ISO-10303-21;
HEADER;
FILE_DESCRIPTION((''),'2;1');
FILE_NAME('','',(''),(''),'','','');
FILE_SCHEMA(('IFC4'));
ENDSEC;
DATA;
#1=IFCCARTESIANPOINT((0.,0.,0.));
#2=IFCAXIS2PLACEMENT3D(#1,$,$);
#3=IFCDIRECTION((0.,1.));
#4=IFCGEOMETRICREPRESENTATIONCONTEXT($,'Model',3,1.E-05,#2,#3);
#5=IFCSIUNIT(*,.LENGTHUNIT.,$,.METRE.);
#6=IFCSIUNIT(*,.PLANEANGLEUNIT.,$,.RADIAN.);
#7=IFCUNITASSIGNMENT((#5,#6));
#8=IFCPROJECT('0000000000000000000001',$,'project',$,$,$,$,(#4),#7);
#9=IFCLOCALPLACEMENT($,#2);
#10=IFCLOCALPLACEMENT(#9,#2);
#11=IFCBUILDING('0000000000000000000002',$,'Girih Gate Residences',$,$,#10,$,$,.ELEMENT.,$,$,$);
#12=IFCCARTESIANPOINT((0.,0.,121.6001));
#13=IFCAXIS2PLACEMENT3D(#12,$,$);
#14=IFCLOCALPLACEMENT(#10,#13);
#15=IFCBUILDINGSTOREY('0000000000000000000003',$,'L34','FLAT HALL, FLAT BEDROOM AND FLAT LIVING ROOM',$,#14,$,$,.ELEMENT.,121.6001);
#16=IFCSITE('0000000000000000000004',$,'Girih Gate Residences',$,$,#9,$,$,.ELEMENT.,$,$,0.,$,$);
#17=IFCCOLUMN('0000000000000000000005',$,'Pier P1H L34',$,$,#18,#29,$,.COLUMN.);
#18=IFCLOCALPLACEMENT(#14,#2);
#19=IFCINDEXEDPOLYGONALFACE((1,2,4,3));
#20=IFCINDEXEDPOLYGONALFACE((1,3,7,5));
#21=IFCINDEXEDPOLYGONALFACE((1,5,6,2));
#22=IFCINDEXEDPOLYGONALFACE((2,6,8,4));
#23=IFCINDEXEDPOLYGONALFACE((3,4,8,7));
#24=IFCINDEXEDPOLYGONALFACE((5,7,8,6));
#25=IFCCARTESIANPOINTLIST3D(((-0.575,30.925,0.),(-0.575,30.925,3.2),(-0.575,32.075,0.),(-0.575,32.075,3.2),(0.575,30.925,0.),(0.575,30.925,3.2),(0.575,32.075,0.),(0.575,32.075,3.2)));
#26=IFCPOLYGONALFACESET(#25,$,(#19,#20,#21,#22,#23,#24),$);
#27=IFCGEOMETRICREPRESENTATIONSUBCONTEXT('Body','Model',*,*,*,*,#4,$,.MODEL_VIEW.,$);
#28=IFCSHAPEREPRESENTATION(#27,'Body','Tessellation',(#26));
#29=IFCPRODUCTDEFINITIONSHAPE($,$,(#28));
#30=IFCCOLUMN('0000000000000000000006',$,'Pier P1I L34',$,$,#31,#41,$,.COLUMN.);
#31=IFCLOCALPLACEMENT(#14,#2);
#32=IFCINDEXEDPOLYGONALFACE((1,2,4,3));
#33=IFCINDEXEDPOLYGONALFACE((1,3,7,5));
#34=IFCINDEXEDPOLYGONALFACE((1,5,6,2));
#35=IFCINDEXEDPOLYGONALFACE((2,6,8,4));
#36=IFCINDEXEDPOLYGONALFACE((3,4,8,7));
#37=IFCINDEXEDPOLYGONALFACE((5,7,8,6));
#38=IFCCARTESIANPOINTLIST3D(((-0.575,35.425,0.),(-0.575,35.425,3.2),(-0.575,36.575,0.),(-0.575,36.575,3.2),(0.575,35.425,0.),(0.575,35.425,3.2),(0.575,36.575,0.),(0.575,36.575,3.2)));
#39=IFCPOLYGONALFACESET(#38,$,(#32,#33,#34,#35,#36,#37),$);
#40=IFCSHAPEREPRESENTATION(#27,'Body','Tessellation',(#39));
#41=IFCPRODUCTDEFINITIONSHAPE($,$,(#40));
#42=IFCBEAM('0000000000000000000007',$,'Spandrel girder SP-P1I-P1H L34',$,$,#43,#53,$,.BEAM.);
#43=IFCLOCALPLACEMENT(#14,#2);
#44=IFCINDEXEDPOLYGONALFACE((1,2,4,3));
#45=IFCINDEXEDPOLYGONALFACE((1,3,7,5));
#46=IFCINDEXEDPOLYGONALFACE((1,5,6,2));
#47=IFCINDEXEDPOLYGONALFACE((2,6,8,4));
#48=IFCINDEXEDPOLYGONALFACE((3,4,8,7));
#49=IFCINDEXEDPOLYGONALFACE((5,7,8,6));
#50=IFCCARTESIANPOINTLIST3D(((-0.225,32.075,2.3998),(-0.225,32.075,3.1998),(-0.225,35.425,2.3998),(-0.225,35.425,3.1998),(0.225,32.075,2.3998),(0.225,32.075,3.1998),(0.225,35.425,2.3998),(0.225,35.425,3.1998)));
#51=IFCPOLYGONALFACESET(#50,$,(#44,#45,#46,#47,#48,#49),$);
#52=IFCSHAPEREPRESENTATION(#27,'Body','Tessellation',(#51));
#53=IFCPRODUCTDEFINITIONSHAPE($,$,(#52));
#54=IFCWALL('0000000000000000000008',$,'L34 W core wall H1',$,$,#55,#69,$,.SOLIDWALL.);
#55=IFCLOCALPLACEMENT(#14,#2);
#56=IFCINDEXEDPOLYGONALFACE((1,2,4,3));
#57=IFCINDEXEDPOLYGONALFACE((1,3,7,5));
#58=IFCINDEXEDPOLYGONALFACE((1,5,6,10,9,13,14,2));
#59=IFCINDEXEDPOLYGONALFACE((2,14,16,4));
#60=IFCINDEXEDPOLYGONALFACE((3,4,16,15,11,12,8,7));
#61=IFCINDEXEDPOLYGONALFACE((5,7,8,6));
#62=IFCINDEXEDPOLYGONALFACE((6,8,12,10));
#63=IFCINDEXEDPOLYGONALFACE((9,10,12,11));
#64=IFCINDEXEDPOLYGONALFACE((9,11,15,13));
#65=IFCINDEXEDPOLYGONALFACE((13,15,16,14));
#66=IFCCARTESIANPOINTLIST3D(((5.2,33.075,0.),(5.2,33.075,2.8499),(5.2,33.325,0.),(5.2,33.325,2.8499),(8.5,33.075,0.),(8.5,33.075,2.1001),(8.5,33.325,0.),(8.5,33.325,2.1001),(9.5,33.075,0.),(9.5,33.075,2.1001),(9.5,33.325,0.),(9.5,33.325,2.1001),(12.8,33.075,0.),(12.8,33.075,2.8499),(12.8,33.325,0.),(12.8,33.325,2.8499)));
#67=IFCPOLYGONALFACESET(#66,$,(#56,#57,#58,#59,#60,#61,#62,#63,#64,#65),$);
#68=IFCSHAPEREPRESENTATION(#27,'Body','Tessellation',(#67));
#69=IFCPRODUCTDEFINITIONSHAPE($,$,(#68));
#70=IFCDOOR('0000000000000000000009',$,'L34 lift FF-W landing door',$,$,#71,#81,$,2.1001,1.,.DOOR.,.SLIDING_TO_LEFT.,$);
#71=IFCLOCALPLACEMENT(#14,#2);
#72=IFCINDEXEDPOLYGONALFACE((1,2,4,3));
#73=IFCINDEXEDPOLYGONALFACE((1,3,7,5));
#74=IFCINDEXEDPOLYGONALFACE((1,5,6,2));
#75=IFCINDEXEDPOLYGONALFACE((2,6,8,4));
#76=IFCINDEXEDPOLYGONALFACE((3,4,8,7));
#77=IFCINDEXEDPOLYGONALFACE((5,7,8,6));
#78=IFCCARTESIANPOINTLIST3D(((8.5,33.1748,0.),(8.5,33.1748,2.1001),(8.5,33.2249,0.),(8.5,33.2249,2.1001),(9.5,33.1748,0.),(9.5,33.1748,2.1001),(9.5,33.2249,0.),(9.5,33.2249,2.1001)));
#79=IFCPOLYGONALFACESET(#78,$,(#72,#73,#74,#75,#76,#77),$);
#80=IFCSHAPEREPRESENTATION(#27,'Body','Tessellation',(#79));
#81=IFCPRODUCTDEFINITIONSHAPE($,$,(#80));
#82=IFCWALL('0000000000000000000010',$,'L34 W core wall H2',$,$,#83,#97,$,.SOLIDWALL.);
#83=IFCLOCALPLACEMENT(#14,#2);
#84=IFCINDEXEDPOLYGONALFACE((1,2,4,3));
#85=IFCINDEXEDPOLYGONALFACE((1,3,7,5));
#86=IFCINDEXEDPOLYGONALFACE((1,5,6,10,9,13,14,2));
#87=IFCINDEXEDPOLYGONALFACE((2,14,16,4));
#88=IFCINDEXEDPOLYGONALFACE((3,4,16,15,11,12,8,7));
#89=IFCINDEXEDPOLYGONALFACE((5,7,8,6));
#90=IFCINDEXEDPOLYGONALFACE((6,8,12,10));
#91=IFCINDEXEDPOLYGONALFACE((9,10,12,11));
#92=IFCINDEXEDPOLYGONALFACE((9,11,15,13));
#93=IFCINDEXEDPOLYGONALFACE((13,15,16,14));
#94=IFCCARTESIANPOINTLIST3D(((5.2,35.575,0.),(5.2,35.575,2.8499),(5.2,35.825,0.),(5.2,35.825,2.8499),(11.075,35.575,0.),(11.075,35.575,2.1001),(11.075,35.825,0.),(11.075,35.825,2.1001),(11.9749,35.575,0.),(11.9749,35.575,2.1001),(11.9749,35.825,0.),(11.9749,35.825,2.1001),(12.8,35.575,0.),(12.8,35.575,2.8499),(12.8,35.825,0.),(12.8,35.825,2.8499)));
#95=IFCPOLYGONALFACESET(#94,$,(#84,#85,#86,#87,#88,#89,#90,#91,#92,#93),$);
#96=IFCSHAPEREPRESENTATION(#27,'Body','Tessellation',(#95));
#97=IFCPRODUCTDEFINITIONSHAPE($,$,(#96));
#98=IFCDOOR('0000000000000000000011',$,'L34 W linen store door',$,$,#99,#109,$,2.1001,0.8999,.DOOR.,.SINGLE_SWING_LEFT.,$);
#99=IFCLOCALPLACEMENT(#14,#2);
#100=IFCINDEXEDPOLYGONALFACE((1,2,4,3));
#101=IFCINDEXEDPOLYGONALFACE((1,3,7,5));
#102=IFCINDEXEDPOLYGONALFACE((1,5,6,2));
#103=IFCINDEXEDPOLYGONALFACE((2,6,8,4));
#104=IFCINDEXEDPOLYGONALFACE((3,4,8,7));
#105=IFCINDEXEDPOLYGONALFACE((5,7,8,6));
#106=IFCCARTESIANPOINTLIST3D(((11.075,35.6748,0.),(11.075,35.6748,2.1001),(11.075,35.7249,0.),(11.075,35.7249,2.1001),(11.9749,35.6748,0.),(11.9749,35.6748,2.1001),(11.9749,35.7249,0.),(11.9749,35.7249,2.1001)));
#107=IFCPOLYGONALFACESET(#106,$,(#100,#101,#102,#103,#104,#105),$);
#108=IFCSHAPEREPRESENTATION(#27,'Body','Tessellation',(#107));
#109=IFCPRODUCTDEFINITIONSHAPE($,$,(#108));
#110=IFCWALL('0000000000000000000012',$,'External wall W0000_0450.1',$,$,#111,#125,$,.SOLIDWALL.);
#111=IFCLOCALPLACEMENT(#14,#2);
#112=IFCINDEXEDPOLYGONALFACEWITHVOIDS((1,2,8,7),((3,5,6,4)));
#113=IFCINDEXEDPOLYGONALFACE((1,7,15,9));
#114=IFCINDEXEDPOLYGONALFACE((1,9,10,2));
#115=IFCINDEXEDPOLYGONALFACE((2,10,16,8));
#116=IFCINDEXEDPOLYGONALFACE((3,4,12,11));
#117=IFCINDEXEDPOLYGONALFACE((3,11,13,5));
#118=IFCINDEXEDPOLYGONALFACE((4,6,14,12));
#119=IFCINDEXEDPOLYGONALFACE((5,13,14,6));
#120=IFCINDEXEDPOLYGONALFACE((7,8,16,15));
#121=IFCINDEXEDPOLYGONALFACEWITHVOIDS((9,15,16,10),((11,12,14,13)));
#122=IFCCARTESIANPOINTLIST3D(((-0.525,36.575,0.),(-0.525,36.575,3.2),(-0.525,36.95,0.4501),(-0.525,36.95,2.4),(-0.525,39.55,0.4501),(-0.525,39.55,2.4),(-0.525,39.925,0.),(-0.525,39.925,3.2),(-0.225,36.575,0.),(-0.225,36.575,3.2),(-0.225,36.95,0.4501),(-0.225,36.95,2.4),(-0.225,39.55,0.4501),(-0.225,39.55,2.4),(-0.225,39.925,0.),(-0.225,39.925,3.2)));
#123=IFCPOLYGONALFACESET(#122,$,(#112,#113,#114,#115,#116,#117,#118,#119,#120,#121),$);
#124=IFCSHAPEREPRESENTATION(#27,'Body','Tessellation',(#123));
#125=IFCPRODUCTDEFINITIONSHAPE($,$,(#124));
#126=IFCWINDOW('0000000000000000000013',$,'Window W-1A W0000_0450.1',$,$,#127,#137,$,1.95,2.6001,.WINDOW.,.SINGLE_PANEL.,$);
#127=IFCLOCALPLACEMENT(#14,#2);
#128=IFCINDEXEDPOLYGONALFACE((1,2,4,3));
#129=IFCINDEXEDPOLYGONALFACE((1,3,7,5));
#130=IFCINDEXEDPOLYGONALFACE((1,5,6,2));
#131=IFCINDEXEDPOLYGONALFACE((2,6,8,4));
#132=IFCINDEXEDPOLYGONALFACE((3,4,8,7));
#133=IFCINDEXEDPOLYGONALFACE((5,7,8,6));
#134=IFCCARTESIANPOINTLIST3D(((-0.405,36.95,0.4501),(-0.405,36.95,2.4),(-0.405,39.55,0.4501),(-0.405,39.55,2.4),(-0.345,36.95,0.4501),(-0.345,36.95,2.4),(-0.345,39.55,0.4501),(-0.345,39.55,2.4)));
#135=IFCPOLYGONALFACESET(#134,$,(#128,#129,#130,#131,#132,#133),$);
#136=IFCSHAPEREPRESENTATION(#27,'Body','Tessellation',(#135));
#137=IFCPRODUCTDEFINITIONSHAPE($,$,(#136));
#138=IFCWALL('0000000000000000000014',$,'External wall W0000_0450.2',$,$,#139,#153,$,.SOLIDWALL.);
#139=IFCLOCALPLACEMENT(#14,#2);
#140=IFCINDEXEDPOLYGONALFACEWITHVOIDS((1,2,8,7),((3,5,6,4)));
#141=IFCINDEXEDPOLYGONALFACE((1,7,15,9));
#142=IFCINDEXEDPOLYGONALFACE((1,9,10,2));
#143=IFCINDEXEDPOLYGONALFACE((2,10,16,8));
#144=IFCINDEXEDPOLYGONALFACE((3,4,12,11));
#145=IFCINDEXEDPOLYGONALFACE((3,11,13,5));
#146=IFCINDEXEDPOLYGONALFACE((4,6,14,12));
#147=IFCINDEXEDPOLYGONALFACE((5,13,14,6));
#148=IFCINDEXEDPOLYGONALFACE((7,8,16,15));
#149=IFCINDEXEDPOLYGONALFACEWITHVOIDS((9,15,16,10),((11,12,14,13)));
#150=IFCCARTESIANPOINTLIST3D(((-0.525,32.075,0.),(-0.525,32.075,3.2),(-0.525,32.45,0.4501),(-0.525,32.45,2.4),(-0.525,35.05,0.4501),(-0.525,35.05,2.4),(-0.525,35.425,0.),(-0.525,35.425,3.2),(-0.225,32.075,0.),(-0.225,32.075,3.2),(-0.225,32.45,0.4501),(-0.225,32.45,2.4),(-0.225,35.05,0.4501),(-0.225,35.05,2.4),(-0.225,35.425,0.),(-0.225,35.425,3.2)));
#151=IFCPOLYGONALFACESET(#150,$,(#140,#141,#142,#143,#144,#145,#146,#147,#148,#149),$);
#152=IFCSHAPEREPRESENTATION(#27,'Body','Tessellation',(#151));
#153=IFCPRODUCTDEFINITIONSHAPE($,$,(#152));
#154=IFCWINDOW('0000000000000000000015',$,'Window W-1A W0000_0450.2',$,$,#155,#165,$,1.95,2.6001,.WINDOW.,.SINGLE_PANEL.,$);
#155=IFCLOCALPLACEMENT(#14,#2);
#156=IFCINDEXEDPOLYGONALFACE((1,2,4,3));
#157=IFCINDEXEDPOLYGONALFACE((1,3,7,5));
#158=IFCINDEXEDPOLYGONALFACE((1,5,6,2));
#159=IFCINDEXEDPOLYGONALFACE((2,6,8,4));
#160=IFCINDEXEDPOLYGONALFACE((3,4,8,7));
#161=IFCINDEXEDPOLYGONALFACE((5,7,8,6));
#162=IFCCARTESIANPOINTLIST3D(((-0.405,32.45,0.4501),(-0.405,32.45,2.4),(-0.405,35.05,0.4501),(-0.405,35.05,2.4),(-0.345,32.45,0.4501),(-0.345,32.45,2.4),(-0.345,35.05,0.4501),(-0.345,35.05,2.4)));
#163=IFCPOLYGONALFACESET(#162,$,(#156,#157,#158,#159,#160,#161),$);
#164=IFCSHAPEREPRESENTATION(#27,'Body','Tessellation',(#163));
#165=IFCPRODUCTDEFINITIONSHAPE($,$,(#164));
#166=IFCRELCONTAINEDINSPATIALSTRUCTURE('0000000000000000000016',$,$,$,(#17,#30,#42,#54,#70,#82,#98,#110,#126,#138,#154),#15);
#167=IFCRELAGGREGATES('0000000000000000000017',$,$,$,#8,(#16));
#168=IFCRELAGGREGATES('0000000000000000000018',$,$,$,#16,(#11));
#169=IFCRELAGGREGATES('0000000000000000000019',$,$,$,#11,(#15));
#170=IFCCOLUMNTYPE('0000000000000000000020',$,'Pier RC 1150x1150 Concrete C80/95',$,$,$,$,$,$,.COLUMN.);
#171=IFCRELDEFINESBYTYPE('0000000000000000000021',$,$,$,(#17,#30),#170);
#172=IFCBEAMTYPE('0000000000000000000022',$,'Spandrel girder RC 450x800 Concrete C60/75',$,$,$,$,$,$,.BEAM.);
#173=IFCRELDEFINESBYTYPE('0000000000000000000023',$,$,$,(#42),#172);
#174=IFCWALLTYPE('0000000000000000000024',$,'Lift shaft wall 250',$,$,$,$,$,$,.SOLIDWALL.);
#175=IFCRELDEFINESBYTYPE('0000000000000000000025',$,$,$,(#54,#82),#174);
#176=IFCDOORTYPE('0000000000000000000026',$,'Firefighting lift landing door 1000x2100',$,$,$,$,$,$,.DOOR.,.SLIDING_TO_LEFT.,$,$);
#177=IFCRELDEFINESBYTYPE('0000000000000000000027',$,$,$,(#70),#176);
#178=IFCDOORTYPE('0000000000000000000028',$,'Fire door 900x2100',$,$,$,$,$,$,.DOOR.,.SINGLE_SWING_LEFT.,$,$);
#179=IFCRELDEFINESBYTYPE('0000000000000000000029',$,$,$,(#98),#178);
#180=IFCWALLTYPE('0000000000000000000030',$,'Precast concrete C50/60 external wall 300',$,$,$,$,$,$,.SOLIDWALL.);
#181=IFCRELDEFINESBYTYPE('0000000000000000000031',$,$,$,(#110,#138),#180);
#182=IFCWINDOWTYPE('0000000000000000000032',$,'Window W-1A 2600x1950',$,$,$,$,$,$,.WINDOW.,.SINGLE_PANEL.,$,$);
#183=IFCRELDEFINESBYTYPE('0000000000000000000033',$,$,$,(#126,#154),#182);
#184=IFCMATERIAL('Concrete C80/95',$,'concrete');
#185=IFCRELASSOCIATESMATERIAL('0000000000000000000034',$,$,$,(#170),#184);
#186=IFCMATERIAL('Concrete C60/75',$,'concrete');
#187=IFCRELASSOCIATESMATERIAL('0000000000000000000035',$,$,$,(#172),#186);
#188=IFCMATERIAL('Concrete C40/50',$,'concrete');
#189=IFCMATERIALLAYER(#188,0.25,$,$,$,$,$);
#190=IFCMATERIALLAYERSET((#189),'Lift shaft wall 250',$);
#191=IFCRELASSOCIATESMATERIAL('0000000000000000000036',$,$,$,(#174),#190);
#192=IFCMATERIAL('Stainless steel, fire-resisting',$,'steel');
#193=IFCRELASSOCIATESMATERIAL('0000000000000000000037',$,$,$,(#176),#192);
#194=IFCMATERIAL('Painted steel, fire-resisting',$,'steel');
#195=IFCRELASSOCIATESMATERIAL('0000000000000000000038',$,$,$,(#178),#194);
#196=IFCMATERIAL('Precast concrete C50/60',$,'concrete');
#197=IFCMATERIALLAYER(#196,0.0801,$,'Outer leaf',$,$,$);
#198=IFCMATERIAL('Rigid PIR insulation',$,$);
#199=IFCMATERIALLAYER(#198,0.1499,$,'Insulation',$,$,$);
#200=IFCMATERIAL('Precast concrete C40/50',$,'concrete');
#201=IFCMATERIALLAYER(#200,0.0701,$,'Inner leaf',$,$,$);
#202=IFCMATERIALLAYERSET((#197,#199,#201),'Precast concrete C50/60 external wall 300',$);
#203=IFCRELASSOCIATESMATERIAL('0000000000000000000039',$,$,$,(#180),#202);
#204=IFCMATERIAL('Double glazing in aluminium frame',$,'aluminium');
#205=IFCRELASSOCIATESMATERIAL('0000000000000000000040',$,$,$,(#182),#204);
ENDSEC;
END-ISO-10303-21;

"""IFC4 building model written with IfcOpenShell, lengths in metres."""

from ifc_helpers import new_model, si_unit, direction, frame, frame_2d, origin, origin_2d, place, context, subcontext, project, spatial, rectangle, extrude, material, layer, layer_set, material_profile, profile_set, type_object, element, fill, save


model = new_model("IFC4")

# Units and contexts
model_context = context("Model", 3, precision=1e-05, world=origin(), true_north=direction((0.0, 1.0)))
body_context = subcontext(model_context, "Body", "Model", "MODEL_VIEW")
ifc_project = project(units=[si_unit("LENGTHUNIT", "METRE"), si_unit("PLANEANGLEUNIT", "RADIAN")], contexts=[model_context])

# Site, building, storey
site_placement = place(None, origin())
site = spatial("IfcSite", under=ifc_project, at=site_placement, Name="Girih Gate Residences", CompositionType="ELEMENT", RefElevation=0.0)
building_placement = place(site_placement, origin())
building = spatial("IfcBuilding", under=site, at=building_placement, Name="Girih Gate Residences", CompositionType="ELEMENT")
storey_placement = place(building_placement, frame((0.0, 0.0, 121.6001)))
storey = spatial("IfcBuildingStorey", under=building, at=storey_placement, Name="L34", Description="FLAT HALL, FLAT BEDROOM AND FLAT LIVING ROOM", CompositionType="ELEMENT", Elevation=121.6001)

# Columns
ifc_material_1 = material(Name="Concrete C80/95", Category="concrete")
ifc_material_profile_1 = material_profile(ifc_material_1, rectangle(XDim=1.1499, YDim=1.1499, at=origin_2d()))
ifc_profile_set_1 = profile_set([ifc_material_profile_1], Name="Concrete C80/95")
column_type = type_object("IfcColumnType", Name="Pier RC 1150x1150 Concrete C80/95", PredefinedType="COLUMN", material=ifc_profile_set_1)
for number, where, z_axis, x_axis, name in (
    (1, (0.0, 31.5, 0.0), (0.0, 0.0, 1.0), (1.0, 0.0, 0.0), "Pier P1H L34"),
    (2, (0.0, 36.0, 0.0), (0.0, 0.0, 1.0), (1.0, 0.0, 0.0), "Pier P1I L34"),
):
    element("IfcColumn", number, at=place(storey_placement, frame(where, z_axis=z_axis, x_axis=x_axis)), inside=storey, type_object=column_type, Name=name, PredefinedType="COLUMN", context=body_context, shape_type="SweptSolid", body=[
        extrude(rectangle(XDim=1.1499, YDim=1.1499, at=origin_2d()), origin(), (0.0, 0.0, 1.0), 3.2),
    ])

# Beam
ifc_material_2 = material(Name="Concrete C60/75", Category="concrete")
ifc_material_profile_2 = material_profile(ifc_material_2, rectangle(XDim=0.45, YDim=0.8, at=origin_2d()))
ifc_profile_set_2 = profile_set([ifc_material_profile_2], Name="Concrete C60/75")
beam_type = type_object("IfcBeamType", Name="Spandrel girder RC 450x800 Concrete C60/75", PredefinedType="BEAM", material=ifc_profile_set_2)
beam_placement = place(storey_placement, frame((0.0, 35.425, 2.7998), z_axis=(0.0, -1.0, 0.0), x_axis=(1.0, 0.0, 0.0)))
element("IfcBeam", 3, at=beam_placement, inside=storey, type_object=beam_type, Name="Spandrel girder SP-P1I-P1H L34", PredefinedType="BEAM", context=body_context, shape_type="SweptSolid", body=[
    extrude(rectangle(XDim=0.45, YDim=0.8, at=origin_2d()), origin(), (0.0, 0.0, 1.0), 3.3501),
])

# Walls, openings, doors
ifc_material_3 = material(Name="Concrete C40/50", Category="concrete")
ifc_layer_1 = layer(ifc_material_3, 0.25)
ifc_layer_set_1 = layer_set([ifc_layer_1], Name="Lift shaft wall 250")
wall_type_1 = type_object("IfcWallType", Name="Lift shaft wall 250", PredefinedType="SOLIDWALL", material=ifc_layer_set_1)
wall_1_placement = place(storey_placement, frame((5.2, 33.2, 0.0), z_axis=(0.0, 0.0, 1.0), x_axis=(1.0, 0.0, 0.0)))
wall_1 = element("IfcWall", 4, at=wall_1_placement, inside=storey, type_object=wall_type_1, Name="L34 W core wall H1", PredefinedType="SOLIDWALL", context=body_context, shape_type="SweptSolid", body=[
    extrude(rectangle(XDim=7.6001, YDim=0.25, at=frame_2d((3.8, 0.0))), origin(), (0.0, 0.0, 1.0), 2.8499),
])
opening_1_placement = place(wall_1_placement, frame((3.3, 0.0, 0.0)))
opening_1 = element("IfcOpeningElement", 5, at=opening_1_placement, cuts=wall_1, PredefinedType="OPENING", context=body_context, shape_type="SweptSolid", body=[
    extrude(rectangle(XDim=1.0, YDim=2.1001, at=frame_2d((0.5, 1.05))), frame((0.0, 0.135, 0.0), z_axis=(0.0, -1.0, 0.0), x_axis=(1.0, 0.0, 0.0)), (0.0, 0.0, 1.0), 0.27),
])
ifc_material_4 = material(Name="Stainless steel, fire-resisting", Category="steel")
door_type_1 = type_object("IfcDoorType", Name="Firefighting lift landing door 1000x2100", OperationType="SLIDING_TO_LEFT", PredefinedType="DOOR", material=ifc_material_4)
door_1_placement = place(opening_1_placement, origin())
door_1 = element("IfcDoor", 6, at=door_1_placement, inside=storey, type_object=door_type_1, Name="L34 lift FF-W landing door", OperationType="SLIDING_TO_LEFT", OverallHeight=2.1001, OverallWidth=1.0, PredefinedType="DOOR", context=body_context, shape_type="SweptSolid", body=[
    extrude(rectangle(XDim=1.0, YDim=2.1001, at=frame_2d((0.5, 1.05))), frame((0.0, 0.0249, 0.0), z_axis=(0.0, -1.0, 0.0), x_axis=(1.0, 0.0, 0.0)), (0.0, 0.0, 1.0), 0.05),
])
fill(opening_1, door_1)
wall_2_placement = place(storey_placement, frame((5.2, 35.7, 0.0), z_axis=(0.0, 0.0, 1.0), x_axis=(1.0, 0.0, 0.0)))
wall_2 = element("IfcWall", 7, at=wall_2_placement, inside=storey, type_object=wall_type_1, Name="L34 W core wall H2", PredefinedType="SOLIDWALL", context=body_context, shape_type="SweptSolid", body=[
    extrude(rectangle(XDim=7.6001, YDim=0.25, at=frame_2d((3.8, 0.0))), origin(), (0.0, 0.0, 1.0), 2.8499),
])
opening_2_placement = place(wall_2_placement, frame((5.875, 0.0, 0.0)))
opening_2 = element("IfcOpeningElement", 8, at=opening_2_placement, cuts=wall_2, PredefinedType="OPENING", context=body_context, shape_type="SweptSolid", body=[
    extrude(rectangle(XDim=0.8999, YDim=2.1001, at=frame_2d((0.45, 1.05))), frame((0.0, 0.135, 0.0), z_axis=(0.0, -1.0, 0.0), x_axis=(1.0, 0.0, 0.0)), (0.0, 0.0, 1.0), 0.27),
])
ifc_material_5 = material(Name="Painted steel, fire-resisting", Category="steel")
door_type_2 = type_object("IfcDoorType", Name="Fire door 900x2100", OperationType="SINGLE_SWING_LEFT", PredefinedType="DOOR", material=ifc_material_5)
door_2_placement = place(opening_2_placement, origin())
door_2 = element("IfcDoor", 9, at=door_2_placement, inside=storey, type_object=door_type_2, Name="L34 W linen store door", OperationType="SINGLE_SWING_LEFT", OverallHeight=2.1001, OverallWidth=0.8999, PredefinedType="DOOR", context=body_context, shape_type="SweptSolid", body=[
    extrude(rectangle(XDim=0.8999, YDim=2.1001, at=frame_2d((0.45, 1.05))), frame((0.0, 0.0249, 0.0), z_axis=(0.0, -1.0, 0.0), x_axis=(1.0, 0.0, 0.0)), (0.0, 0.0, 1.0), 0.05),
])
fill(opening_2, door_2)

# Walls, openings, windows
ifc_material_6 = material(Name="Precast concrete C50/60", Category="concrete")
ifc_layer_2 = layer(ifc_material_6, 0.0801, Name="Outer leaf")
ifc_material_7 = material(Name="Rigid PIR insulation")
ifc_layer_3 = layer(ifc_material_7, 0.1499, Name="Insulation")
ifc_material_8 = material(Name="Precast concrete C40/50", Category="concrete")
ifc_layer_4 = layer(ifc_material_8, 0.0701, Name="Inner leaf")
ifc_layer_set_2 = layer_set([ifc_layer_2, ifc_layer_3, ifc_layer_4], Name="Precast concrete C50/60 external wall 300")
wall_type_2 = type_object("IfcWallType", Name="Precast concrete C50/60 external wall 300", PredefinedType="SOLIDWALL", material=ifc_layer_set_2)
wall_3_placement = place(storey_placement, frame((-0.375, 36.575, 0.0), z_axis=(0.0, 0.0, 1.0), x_axis=(0.0, 1.0, 0.0)))
wall_3 = element("IfcWall", 10, at=wall_3_placement, inside=storey, type_object=wall_type_2, Name="External wall W0000_0450.1", PredefinedType="SOLIDWALL", context=body_context, shape_type="SweptSolid", body=[
    extrude(rectangle(XDim=3.3501, YDim=0.3, at=frame_2d((1.675, 0.0))), origin(), (0.0, 0.0, 1.0), 3.2),
])
opening_3_placement = place(wall_3_placement, frame((0.375, 0.0, 0.45)))
opening_3 = element("IfcOpeningElement", 11, at=opening_3_placement, cuts=wall_3, PredefinedType="OPENING", context=body_context, shape_type="SweptSolid", body=[
    extrude(rectangle(XDim=2.6001, YDim=1.95, at=frame_2d((1.3, 0.9751))), frame((0.0, 0.1599, 0.0), z_axis=(0.0, -1.0, 0.0), x_axis=(1.0, 0.0, 0.0)), (0.0, 0.0, 1.0), 0.3201),
])
ifc_material_9 = material(Name="Double glazing in aluminium frame", Category="aluminium")
window_type = type_object("IfcWindowType", Name="Window W-1A 2600x1950", PartitioningType="SINGLE_PANEL", PredefinedType="WINDOW", material=ifc_material_9)
window_1_placement = place(opening_3_placement, origin())
window_1 = element("IfcWindow", 12, at=window_1_placement, inside=storey, type_object=window_type, Name="Window W-1A W0000_0450.1", OverallHeight=1.95, OverallWidth=2.6001, PartitioningType="SINGLE_PANEL", PredefinedType="WINDOW", context=body_context, shape_type="SweptSolid", body=[
    extrude(rectangle(XDim=2.6001, YDim=1.95, at=frame_2d((1.3, 0.9751))), frame((0.0, 0.03, 0.0), z_axis=(0.0, -1.0, 0.0), x_axis=(1.0, 0.0, 0.0)), (0.0, 0.0, 1.0), 0.0601),
])
fill(opening_3, window_1)
wall_4_placement = place(storey_placement, frame((-0.375, 32.075, 0.0), z_axis=(0.0, 0.0, 1.0), x_axis=(0.0, 1.0, 0.0)))
wall_4 = element("IfcWall", 13, at=wall_4_placement, inside=storey, type_object=wall_type_2, Name="External wall W0000_0450.2", PredefinedType="SOLIDWALL", context=body_context, shape_type="SweptSolid", body=[
    extrude(rectangle(XDim=3.3501, YDim=0.3, at=frame_2d((1.675, 0.0))), origin(), (0.0, 0.0, 1.0), 3.2),
])
opening_4_placement = place(wall_4_placement, frame((0.375, 0.0, 0.45)))
opening_4 = element("IfcOpeningElement", 14, at=opening_4_placement, cuts=wall_4, PredefinedType="OPENING", context=body_context, shape_type="SweptSolid", body=[
    extrude(rectangle(XDim=2.6001, YDim=1.95, at=frame_2d((1.3, 0.9751))), frame((0.0, 0.1599, 0.0), z_axis=(0.0, -1.0, 0.0), x_axis=(1.0, 0.0, 0.0)), (0.0, 0.0, 1.0), 0.3201),
])
window_2_placement = place(opening_4_placement, origin())
window_2 = element("IfcWindow", 15, at=window_2_placement, inside=storey, type_object=window_type, Name="Window W-1A W0000_0450.2", OverallHeight=1.95, OverallWidth=2.6001, PartitioningType="SINGLE_PANEL", PredefinedType="WINDOW", context=body_context, shape_type="SweptSolid", body=[
    extrude(rectangle(XDim=2.6001, YDim=1.95, at=frame_2d((1.3, 0.9751))), frame((0.0, 0.03, 0.0), z_axis=(0.0, -1.0, 0.0), x_axis=(1.0, 0.0, 0.0)), (0.0, 0.0, 1.0), 0.0601),
])
fill(opening_4, window_2)

save(model, "model.ifc")
